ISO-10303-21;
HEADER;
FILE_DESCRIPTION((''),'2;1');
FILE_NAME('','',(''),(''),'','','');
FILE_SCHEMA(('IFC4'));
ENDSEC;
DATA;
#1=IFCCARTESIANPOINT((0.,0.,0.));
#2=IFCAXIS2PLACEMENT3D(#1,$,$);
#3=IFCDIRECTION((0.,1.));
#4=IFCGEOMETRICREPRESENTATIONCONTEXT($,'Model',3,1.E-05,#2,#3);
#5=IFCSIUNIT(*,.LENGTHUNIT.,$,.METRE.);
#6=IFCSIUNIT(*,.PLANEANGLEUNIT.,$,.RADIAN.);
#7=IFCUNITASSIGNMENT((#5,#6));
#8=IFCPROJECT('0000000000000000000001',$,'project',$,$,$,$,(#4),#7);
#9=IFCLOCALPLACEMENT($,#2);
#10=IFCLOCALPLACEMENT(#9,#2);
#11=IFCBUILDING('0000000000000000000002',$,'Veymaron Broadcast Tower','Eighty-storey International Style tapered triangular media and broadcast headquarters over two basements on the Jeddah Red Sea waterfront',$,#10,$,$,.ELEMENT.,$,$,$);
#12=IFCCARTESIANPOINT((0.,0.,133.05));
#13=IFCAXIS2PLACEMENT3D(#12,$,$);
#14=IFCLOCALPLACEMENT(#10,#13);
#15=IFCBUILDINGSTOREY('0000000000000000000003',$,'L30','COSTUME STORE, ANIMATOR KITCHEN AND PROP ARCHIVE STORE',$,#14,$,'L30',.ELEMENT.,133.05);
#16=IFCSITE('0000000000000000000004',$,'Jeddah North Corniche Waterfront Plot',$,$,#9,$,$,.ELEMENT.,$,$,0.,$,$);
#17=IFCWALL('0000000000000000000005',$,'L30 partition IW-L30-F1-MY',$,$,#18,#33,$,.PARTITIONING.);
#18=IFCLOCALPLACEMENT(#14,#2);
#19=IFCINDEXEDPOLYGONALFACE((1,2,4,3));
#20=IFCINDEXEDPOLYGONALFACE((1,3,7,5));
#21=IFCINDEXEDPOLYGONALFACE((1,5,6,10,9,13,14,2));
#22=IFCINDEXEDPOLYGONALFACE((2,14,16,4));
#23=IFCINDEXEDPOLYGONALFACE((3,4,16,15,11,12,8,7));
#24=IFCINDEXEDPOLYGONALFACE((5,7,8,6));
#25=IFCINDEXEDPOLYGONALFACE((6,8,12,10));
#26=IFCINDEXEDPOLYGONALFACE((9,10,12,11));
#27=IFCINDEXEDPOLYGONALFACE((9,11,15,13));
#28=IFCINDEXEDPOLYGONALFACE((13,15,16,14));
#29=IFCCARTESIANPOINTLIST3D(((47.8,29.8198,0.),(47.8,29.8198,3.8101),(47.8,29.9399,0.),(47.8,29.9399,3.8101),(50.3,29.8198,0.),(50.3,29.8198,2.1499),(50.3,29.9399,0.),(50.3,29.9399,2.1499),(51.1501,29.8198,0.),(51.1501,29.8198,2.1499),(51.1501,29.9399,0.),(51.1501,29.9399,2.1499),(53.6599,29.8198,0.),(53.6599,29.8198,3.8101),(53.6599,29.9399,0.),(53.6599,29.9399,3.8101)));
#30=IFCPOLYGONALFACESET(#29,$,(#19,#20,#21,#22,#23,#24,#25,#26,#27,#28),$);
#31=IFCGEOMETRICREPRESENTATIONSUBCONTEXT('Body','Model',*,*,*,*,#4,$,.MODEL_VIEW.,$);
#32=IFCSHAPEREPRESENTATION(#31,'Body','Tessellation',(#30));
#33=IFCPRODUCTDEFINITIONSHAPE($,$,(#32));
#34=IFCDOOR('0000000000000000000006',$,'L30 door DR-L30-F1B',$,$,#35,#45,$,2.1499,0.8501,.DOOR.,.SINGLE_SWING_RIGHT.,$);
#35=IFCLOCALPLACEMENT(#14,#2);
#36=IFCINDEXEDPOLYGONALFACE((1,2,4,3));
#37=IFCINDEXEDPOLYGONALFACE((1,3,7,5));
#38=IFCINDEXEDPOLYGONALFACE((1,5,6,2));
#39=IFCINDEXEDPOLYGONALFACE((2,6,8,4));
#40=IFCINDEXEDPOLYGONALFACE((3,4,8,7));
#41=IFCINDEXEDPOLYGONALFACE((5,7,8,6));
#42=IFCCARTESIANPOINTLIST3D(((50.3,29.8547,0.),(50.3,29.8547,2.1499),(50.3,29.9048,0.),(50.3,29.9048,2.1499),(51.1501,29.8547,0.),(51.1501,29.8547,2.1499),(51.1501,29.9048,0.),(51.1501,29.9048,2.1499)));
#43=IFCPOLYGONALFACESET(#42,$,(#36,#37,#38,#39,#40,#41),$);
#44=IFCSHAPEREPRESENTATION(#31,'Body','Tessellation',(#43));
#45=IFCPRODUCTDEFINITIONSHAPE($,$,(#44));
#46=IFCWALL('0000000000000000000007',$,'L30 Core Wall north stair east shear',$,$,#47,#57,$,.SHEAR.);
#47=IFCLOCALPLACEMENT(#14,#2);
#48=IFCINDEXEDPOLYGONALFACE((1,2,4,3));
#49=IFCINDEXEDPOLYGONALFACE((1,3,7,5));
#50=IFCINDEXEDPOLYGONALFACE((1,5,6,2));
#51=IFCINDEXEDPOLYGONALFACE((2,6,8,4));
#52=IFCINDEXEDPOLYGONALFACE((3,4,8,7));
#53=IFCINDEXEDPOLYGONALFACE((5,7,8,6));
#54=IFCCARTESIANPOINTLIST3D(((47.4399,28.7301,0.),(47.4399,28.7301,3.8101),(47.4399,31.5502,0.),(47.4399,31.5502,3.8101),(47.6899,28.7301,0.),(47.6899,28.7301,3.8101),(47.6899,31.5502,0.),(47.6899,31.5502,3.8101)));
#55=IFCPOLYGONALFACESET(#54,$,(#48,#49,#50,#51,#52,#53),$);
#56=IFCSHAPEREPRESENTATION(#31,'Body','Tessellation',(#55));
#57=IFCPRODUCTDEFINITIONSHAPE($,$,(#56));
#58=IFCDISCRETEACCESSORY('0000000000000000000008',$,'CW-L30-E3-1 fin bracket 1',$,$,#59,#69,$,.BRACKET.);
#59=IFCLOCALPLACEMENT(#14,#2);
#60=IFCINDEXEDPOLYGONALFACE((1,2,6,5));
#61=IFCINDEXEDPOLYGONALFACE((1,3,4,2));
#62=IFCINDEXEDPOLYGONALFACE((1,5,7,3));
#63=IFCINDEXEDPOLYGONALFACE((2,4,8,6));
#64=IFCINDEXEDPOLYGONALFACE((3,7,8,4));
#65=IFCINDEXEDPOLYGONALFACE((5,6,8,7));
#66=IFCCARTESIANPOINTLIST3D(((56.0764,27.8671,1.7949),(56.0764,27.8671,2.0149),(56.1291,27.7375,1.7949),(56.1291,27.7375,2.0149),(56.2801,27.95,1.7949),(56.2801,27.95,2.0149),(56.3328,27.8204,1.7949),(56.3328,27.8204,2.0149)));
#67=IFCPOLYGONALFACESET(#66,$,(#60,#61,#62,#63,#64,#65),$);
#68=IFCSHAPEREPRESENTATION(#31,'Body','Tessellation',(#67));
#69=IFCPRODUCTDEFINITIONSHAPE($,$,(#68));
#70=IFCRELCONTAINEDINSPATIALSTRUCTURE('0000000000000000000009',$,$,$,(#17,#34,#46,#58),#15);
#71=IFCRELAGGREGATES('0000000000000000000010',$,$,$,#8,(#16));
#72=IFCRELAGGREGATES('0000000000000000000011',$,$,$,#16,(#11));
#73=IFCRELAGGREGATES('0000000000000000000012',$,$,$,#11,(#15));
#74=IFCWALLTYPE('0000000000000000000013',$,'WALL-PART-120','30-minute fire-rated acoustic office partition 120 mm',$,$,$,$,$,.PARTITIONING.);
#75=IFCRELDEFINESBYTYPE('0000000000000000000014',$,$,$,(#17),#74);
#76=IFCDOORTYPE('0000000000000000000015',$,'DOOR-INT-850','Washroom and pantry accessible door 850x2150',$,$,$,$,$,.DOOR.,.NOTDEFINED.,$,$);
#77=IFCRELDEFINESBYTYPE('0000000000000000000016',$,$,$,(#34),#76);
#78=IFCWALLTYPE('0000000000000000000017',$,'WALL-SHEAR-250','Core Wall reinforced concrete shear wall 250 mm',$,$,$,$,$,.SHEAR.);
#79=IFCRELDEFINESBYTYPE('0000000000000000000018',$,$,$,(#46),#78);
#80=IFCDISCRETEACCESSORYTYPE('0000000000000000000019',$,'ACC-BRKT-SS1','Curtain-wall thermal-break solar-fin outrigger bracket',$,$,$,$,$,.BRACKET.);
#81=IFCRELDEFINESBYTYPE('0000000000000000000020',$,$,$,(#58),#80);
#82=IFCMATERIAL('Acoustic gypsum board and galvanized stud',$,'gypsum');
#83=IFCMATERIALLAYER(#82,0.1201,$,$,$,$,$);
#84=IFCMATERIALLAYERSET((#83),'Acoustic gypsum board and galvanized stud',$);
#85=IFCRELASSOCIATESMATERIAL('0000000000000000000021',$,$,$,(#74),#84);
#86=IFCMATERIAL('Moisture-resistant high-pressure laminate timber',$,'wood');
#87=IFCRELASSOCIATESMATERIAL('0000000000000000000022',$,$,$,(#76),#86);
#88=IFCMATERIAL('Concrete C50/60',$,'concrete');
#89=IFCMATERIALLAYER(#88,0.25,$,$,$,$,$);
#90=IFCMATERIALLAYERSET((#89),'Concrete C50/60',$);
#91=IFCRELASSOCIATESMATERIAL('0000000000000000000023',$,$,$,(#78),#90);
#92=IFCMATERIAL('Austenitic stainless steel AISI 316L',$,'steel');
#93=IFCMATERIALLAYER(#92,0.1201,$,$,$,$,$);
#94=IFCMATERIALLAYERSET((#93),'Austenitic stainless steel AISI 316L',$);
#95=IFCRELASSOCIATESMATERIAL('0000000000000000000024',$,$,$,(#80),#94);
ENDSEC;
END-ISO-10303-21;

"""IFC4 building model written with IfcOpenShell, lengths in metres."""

from ifc_helpers import new_model, si_unit, direction, frame, frame_2d, origin, origin_2d, place, context, subcontext, project, spatial, rectangle, extrude, material, layer, layer_set, type_object, element, fill, save


model = new_model("IFC4")

# Units and contexts
model_context = context("Model", 3, precision=1e-05, world=origin(), true_north=direction((0.0, 1.0)))
body_context = subcontext(model_context, "Body", "Model", "MODEL_VIEW")
ifc_project = project(units=[si_unit("LENGTHUNIT", "METRE"), si_unit("PLANEANGLEUNIT", "RADIAN")], contexts=[model_context])

# Site, building, storey
site_placement = place(None, origin())
site = spatial("IfcSite", under=ifc_project, at=site_placement, Name="Jeddah North Corniche Waterfront Plot", CompositionType="ELEMENT", RefElevation=0.0)
building_placement = place(site_placement, origin())
building = spatial("IfcBuilding", under=site, at=building_placement, Name="Veymaron Broadcast Tower", Description="Eighty-storey International Style tapered triangular media and broadcast headquarters over two basements on the Jeddah Red Sea waterfront", CompositionType="ELEMENT")
storey_placement = place(building_placement, frame((0.0, 0.0, 133.05)))
storey = spatial("IfcBuildingStorey", under=building, at=storey_placement, Name="L30", Description="COSTUME STORE, ANIMATOR KITCHEN AND PROP ARCHIVE STORE", LongName="L30", CompositionType="ELEMENT", Elevation=133.05)

# Wall, opening, door
ifc_material_1 = material(Name="Acoustic gypsum board and galvanized stud", Category="gypsum")
ifc_layer_1 = layer(ifc_material_1, 0.1201)
ifc_layer_set_1 = layer_set([ifc_layer_1], Name="Acoustic gypsum board and galvanized stud")
wall_type_1 = type_object("IfcWallType", Name="WALL-PART-120", Description="30-minute fire-rated acoustic office partition 120 mm", PredefinedType="PARTITIONING", material=ifc_layer_set_1)
ifc_material_2 = material(Name="Moisture-resistant high-pressure laminate timber", Category="wood")
door_type_1 = type_object("IfcDoorType", Name="DOOR-INT-850", Description="Washroom and pantry accessible door 850x2150", OperationType="NOTDEFINED", PredefinedType="DOOR", material=ifc_material_2)
wall_1_placement = place(storey_placement, frame((47.8, 29.8799, 0.0), z_axis=(0.0, 0.0, 1.0), x_axis=(1.0, 0.0, 0.0)))
wall_1 = element("IfcWall", 1, at=wall_1_placement, inside=storey, type_object=wall_type_1, Name="L30 partition IW-L30-F1-MY", PredefinedType="PARTITIONING", context=body_context, shape_type="SweptSolid", body=[
    extrude(rectangle(XDim=5.8599, YDim=0.1201, at=frame_2d((2.9299, 0.0))), origin(), (0.0, 0.0, 1.0), 3.8101),
])
opening_1_placement = place(wall_1_placement, frame((2.5, 0.0, 0.0)))
opening_1 = element("IfcOpeningElement", 2, at=opening_1_placement, cuts=wall_1, PredefinedType="OPENING", context=body_context, shape_type="SweptSolid", body=[
    extrude(rectangle(XDim=0.8501, YDim=2.1499, at=frame_2d((0.425, 1.075))), frame((0.0, 0.0701, 0.0), z_axis=(0.0, -1.0, 0.0), x_axis=(1.0, 0.0, 0.0)), (0.0, 0.0, 1.0), 0.1401),
])
door_1_placement = place(opening_1_placement, origin())
door_1 = element("IfcDoor", 3, at=door_1_placement, inside=storey, type_object=door_type_1, Name="L30 door DR-L30-F1B", OperationType="SINGLE_SWING_RIGHT", OverallHeight=2.1499, OverallWidth=0.8501, PredefinedType="DOOR", context=body_context, shape_type="SweptSolid", body=[
    extrude(rectangle(XDim=0.8501, YDim=2.1499, at=frame_2d((0.425, 1.075))), frame((0.0, 0.0249, 0.0), z_axis=(0.0, -1.0, 0.0), x_axis=(1.0, 0.0, 0.0)), (0.0, 0.0, 1.0), 0.05),
])
fill(opening_1, door_1)

# Wall
ifc_material_3 = material(Name="Concrete C50/60", Category="concrete")
ifc_layer_2 = layer(ifc_material_3, 0.25)
ifc_layer_set_2 = layer_set([ifc_layer_2], Name="Concrete C50/60")
wall_type_2 = type_object("IfcWallType", Name="WALL-SHEAR-250", Description="Core Wall reinforced concrete shear wall 250 mm", PredefinedType="SHEAR", material=ifc_layer_set_2)
wall_2_placement = place(storey_placement, frame((47.5649, 28.73, 0.0), z_axis=(0.0, 0.0, 1.0), x_axis=(0.0, 1.0, 0.0)))
element("IfcWall", 4, at=wall_2_placement, inside=storey, type_object=wall_type_2, Name="L30 Core Wall north stair east shear", PredefinedType="SHEAR", context=body_context, shape_type="SweptSolid", body=[
    extrude(rectangle(XDim=2.8201, YDim=0.25, at=frame_2d((1.4102, 0.0))), origin(), (0.0, 0.0, 1.0), 3.8101),
])

# Discrete accessory
ifc_material_4 = material(Name="Austenitic stainless steel AISI 316L", Category="steel")
ifc_layer_3 = layer(ifc_material_4, 0.1201)
ifc_layer_set_3 = layer_set([ifc_layer_3], Name="Austenitic stainless steel AISI 316L")
discrete_accessory_type = type_object("IfcDiscreteAccessoryType", Name="ACC-BRKT-SS1", Description="Curtain-wall thermal-break solar-fin outrigger bracket", PredefinedType="BRACKET", material=ifc_layer_set_3)
discrete_accessory_placement = place(storey_placement, frame((56.2046, 27.8438, 1.7949), z_axis=(0.0, 0.0, 1.0), x_axis=(0.926266, 0.376871, 0.0)))
element("IfcDiscreteAccessory", 5, at=discrete_accessory_placement, inside=storey, type_object=discrete_accessory_type, Name="CW-L30-E3-1 fin bracket 1", PredefinedType="BRACKET", context=body_context, shape_type="SweptSolid", body=[
    extrude(rectangle(XDim=0.22, YDim=0.1399, at=origin_2d()), origin(), (0.0, 0.0, 1.0), 0.22),
])

save(model, "model.ifc")
